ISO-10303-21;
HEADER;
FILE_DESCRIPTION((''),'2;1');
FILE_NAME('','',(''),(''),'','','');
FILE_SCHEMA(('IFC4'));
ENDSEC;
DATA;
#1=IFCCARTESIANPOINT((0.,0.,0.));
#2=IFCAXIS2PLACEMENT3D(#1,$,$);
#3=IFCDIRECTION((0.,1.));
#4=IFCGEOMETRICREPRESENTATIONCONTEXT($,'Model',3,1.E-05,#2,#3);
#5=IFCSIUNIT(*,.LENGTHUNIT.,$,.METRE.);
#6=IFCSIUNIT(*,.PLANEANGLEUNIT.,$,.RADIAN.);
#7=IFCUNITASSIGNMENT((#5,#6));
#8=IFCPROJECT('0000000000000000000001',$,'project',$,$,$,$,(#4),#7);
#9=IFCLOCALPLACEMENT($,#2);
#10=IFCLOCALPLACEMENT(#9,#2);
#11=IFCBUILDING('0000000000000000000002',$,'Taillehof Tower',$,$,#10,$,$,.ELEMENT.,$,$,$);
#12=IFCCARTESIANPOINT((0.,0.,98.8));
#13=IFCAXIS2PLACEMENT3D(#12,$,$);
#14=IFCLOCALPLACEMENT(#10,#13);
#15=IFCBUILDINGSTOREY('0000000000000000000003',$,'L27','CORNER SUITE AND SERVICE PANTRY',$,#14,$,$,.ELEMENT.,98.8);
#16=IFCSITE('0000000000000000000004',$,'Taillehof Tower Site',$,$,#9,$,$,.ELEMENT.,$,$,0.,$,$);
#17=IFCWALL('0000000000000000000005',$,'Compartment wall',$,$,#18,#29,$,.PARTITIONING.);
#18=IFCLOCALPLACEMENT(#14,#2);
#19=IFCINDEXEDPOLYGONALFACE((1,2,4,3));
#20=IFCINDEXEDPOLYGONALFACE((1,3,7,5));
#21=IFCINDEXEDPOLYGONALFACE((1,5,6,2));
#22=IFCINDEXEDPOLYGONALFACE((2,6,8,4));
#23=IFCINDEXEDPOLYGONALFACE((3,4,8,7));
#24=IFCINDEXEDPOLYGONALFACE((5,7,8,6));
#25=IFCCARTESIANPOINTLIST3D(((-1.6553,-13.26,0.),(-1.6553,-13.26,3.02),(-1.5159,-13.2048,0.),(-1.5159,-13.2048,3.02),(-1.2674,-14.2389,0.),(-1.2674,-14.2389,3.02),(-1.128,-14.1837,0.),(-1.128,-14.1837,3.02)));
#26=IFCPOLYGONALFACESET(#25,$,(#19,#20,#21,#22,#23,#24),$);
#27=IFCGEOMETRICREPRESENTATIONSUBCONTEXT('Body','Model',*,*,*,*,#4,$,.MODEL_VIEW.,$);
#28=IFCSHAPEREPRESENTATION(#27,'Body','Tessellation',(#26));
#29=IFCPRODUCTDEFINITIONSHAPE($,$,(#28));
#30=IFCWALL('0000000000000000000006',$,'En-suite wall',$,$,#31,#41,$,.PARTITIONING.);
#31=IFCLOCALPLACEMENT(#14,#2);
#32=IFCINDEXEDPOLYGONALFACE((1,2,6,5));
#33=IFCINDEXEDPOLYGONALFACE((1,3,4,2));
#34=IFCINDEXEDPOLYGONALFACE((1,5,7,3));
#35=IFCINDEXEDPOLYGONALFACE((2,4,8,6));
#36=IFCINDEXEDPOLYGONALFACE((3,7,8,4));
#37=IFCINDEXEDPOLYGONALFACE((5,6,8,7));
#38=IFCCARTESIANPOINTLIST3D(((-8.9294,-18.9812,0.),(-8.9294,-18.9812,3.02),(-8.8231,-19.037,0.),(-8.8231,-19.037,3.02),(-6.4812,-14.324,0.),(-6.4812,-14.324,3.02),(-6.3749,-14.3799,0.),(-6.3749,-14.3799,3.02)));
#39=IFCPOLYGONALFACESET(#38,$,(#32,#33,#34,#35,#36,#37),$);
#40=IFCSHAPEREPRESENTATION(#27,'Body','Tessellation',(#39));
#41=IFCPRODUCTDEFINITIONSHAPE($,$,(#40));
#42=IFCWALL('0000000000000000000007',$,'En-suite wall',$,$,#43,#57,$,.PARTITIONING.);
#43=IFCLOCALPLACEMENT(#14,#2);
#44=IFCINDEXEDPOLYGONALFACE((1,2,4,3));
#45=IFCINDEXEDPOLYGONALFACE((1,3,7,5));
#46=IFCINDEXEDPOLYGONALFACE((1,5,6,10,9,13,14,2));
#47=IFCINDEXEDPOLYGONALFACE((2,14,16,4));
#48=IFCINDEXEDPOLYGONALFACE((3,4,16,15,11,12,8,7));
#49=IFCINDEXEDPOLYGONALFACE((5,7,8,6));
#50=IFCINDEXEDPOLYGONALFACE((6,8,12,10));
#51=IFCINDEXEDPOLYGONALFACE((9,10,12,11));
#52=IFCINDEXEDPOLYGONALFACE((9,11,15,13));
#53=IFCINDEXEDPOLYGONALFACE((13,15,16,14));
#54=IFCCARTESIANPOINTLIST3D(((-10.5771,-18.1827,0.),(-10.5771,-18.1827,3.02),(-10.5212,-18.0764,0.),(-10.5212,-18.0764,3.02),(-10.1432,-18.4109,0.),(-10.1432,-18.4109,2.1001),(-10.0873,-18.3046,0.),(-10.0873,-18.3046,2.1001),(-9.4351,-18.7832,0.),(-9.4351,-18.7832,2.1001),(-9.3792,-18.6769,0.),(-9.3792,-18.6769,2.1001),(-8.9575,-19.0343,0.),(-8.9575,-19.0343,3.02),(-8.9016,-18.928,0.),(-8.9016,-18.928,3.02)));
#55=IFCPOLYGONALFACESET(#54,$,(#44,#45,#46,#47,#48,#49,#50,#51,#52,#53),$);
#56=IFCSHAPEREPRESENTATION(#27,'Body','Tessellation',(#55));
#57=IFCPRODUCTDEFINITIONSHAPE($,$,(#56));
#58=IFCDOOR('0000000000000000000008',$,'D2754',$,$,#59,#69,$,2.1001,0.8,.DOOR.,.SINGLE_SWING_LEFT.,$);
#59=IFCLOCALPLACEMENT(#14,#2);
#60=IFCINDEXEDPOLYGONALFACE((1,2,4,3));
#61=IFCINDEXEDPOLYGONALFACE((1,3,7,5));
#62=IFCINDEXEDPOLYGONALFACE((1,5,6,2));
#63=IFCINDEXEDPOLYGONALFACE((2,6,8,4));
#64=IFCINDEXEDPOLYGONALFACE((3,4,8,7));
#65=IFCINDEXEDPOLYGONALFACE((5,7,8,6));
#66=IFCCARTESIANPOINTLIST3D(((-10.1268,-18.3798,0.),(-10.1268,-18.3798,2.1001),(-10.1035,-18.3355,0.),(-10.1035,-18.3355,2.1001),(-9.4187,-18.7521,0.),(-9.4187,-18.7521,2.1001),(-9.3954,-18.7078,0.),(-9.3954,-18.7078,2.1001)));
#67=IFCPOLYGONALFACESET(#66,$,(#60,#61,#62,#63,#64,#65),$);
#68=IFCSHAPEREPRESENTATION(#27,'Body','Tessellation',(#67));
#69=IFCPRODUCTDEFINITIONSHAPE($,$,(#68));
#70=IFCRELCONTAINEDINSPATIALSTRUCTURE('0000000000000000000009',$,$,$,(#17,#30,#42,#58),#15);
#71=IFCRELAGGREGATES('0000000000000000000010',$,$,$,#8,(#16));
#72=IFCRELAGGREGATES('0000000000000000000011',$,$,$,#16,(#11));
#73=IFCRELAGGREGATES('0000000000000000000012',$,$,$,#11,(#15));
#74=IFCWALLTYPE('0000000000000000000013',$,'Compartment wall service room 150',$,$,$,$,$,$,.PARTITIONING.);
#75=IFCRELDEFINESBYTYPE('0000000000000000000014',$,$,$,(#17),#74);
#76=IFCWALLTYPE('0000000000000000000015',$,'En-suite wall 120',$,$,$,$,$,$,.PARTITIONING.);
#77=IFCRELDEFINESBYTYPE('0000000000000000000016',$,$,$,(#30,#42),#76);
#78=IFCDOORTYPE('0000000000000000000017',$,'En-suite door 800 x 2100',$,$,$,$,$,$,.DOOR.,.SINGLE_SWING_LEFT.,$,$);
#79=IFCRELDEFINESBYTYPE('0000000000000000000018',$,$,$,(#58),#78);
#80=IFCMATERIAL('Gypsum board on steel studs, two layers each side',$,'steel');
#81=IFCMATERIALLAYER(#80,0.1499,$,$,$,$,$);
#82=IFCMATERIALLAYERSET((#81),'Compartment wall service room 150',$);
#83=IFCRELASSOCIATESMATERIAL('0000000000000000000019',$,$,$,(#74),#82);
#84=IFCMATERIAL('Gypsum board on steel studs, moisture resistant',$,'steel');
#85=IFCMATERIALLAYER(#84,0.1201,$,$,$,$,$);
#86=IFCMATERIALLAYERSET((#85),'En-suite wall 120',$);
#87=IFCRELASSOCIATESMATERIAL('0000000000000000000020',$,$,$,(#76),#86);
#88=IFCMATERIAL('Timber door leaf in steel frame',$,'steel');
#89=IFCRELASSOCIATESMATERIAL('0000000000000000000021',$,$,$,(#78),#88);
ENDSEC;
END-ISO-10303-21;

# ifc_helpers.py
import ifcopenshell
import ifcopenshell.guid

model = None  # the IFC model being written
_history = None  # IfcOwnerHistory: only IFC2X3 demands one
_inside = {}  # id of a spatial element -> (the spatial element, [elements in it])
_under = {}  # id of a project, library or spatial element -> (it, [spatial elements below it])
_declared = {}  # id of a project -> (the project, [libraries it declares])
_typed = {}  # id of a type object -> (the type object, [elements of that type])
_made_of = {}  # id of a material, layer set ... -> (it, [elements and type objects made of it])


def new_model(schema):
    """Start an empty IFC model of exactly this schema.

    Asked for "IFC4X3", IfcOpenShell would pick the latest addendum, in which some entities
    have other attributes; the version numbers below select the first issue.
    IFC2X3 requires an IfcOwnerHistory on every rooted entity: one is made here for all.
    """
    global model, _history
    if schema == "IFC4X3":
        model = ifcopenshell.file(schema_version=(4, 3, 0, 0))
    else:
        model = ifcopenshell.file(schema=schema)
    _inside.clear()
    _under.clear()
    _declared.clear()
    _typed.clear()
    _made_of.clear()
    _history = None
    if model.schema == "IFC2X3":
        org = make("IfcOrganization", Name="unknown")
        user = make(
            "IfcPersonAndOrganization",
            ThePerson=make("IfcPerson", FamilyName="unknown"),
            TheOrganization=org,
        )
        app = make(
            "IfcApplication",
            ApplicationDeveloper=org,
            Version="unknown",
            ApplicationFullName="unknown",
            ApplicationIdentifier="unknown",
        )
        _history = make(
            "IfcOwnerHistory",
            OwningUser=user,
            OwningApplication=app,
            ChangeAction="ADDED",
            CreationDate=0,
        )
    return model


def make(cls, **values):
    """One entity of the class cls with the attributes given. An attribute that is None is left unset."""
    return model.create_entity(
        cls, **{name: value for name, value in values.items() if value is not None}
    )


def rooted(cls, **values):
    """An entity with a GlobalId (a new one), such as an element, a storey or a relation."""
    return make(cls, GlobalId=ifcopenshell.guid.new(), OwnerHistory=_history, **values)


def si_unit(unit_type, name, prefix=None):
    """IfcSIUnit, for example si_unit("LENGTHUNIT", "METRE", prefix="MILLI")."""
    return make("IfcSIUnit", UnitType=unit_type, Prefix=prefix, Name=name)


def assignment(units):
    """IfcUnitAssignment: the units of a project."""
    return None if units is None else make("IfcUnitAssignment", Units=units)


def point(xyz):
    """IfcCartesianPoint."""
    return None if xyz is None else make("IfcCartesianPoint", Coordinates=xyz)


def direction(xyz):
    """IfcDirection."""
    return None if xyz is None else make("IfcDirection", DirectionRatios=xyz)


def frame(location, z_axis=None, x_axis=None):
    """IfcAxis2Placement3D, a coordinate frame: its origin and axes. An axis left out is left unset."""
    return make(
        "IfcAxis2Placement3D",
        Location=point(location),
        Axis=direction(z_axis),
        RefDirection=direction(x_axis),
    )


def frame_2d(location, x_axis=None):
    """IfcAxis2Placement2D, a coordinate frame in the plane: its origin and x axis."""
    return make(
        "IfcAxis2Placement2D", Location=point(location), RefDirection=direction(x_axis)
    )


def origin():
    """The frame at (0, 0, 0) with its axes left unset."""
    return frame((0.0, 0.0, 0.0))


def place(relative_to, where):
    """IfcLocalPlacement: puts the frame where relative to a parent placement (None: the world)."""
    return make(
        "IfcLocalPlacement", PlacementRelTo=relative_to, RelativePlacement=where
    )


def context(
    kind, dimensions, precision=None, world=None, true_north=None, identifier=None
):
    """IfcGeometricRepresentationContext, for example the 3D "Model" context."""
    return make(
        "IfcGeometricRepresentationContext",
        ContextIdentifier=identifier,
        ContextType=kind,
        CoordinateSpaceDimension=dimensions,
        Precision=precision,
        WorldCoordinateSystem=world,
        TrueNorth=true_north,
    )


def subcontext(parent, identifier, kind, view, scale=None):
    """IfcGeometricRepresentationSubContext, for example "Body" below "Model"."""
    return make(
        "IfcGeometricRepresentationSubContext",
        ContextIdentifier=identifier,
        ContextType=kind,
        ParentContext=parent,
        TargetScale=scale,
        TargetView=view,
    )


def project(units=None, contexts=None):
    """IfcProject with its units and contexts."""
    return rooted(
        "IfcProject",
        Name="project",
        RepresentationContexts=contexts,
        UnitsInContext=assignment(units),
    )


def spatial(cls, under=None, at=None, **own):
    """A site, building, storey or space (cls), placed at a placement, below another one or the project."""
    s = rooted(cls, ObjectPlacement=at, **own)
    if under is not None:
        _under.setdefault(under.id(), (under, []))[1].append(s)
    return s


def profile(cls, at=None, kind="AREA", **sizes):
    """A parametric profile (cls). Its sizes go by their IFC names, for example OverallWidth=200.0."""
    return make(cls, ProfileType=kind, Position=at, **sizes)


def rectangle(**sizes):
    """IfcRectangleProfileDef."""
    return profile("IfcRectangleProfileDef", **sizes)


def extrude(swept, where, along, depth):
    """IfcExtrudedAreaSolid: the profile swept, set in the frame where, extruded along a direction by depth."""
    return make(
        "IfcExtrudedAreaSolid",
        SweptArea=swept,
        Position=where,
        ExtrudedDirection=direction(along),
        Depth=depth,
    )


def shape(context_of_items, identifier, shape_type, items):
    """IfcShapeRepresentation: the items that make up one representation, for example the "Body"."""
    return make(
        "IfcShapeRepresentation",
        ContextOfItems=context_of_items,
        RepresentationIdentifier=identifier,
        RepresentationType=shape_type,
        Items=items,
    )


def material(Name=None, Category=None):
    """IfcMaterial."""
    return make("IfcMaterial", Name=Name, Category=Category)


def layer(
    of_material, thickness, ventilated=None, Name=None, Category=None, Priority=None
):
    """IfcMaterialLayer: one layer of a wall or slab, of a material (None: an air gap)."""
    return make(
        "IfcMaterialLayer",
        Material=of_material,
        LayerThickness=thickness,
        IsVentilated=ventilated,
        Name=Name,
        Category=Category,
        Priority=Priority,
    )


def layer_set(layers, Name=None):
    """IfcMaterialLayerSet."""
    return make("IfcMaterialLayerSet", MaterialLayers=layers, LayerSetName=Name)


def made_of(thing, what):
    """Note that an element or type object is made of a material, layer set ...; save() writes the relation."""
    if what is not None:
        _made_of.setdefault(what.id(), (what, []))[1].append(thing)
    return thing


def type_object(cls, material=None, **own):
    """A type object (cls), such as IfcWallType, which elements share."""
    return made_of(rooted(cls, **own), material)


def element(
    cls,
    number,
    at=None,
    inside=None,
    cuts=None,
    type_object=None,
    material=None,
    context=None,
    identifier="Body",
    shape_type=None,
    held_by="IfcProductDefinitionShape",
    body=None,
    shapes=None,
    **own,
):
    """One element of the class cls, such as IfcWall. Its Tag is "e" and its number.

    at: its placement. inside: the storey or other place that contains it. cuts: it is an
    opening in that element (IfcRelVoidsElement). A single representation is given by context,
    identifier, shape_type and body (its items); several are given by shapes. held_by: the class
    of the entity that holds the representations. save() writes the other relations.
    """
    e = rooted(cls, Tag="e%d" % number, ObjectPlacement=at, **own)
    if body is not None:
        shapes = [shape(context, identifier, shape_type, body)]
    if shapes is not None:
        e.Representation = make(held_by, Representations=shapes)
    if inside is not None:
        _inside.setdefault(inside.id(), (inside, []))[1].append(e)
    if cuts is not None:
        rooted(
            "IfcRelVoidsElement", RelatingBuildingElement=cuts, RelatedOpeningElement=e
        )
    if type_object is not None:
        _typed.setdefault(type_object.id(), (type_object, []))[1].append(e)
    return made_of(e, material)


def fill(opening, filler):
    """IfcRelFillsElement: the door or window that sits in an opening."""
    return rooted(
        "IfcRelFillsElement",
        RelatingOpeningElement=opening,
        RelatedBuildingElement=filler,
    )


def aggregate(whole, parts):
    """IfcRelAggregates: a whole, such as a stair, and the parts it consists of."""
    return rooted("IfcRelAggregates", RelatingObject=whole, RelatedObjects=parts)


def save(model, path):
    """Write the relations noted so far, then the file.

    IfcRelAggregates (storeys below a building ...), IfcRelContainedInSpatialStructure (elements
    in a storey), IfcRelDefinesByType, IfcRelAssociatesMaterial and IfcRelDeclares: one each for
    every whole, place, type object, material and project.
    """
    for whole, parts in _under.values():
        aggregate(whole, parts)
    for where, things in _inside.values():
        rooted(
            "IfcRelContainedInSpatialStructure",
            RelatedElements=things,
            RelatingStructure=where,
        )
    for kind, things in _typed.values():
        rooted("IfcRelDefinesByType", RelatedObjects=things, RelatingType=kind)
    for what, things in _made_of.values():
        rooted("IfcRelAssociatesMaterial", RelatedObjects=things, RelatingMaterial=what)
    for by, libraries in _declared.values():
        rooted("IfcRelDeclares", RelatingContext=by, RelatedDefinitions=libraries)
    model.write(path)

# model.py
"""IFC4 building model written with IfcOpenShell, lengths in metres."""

from ifc_helpers import new_model, si_unit, direction, frame, frame_2d, origin, place, context, subcontext, project, spatial, rectangle, extrude, material, layer, layer_set, type_object, element, fill, save


model = new_model("IFC4")

# Units and contexts
model_context = context("Model", 3, precision=1e-05, world=origin(), true_north=direction((0.0, 1.0)))
body_context = subcontext(model_context, "Body", "Model", "MODEL_VIEW")
ifc_project = project(units=[si_unit("LENGTHUNIT", "METRE"), si_unit("PLANEANGLEUNIT", "RADIAN")], contexts=[model_context])

# Site, building, storey
site_placement = place(None, origin())
site = spatial("IfcSite", under=ifc_project, at=site_placement, Name="Taillehof Tower Site", CompositionType="ELEMENT", RefElevation=0.0)
building_placement = place(site_placement, origin())
building = spatial("IfcBuilding", under=site, at=building_placement, Name="Taillehof Tower", CompositionType="ELEMENT")
storey_placement = place(building_placement, frame((0.0, 0.0, 98.8)))
storey = spatial("IfcBuildingStorey", under=building, at=storey_placement, Name="L27", Description="CORNER SUITE AND SERVICE PANTRY", CompositionType="ELEMENT", Elevation=98.8)

# Walls
ifc_material_1 = material(Name="Gypsum board on steel studs, two layers each side", Category="steel")
ifc_layer_1 = layer(ifc_material_1, 0.1499)
ifc_layer_set_1 = layer_set([ifc_layer_1], Name="Compartment wall service room 150")
wall_type_1 = type_object("IfcWallType", Name="Compartment wall service room 150", PredefinedType="PARTITIONING", material=ifc_layer_set_1)
wall_1_placement = place(storey_placement, frame((-1.1978, -14.2112, 0.0), z_axis=(0.0, 0.0, 1.0), x_axis=(-0.368391, 0.929671, 0.0)))
element("IfcWall", 1, at=wall_1_placement, inside=storey, type_object=wall_type_1, Name="Compartment wall", PredefinedType="PARTITIONING", context=body_context, shape_type="SweptSolid", body=[
    extrude(rectangle(XDim=1.053, YDim=0.1499, at=frame_2d((0.5264, 0.0))), origin(), (0.0, 0.0, 1.0), 3.02),
])
ifc_material_2 = material(Name="Gypsum board on steel studs, moisture resistant", Category="steel")
ifc_layer_2 = layer(ifc_material_2, 0.1201)
ifc_layer_set_2 = layer_set([ifc_layer_2], Name="En-suite wall 120")
wall_type_2 = type_object("IfcWallType", Name="En-suite wall 120", PredefinedType="PARTITIONING", material=ifc_layer_set_2)
wall_2_placement = place(storey_placement, frame((-6.428, -14.3518, 0.0), z_axis=(0.0, 0.0, 1.0), x_axis=(-0.46531, -0.885148, 0.0)))
element("IfcWall", 2, at=wall_2_placement, inside=storey, type_object=wall_type_2, Name="En-suite wall", PredefinedType="PARTITIONING", context=body_context, shape_type="SweptSolid", body=[
    extrude(rectangle(XDim=5.2615, YDim=0.1201, at=frame_2d((2.6309, 0.0))), origin(), (0.0, 0.0, 1.0), 3.02),
])

# Wall, opening, door
wall_3_placement = place(storey_placement, frame((-8.9294, -18.9812, 0.0), z_axis=(0.0, 0.0, 1.0), x_axis=(-0.885115, 0.465372, 0.0)))
wall_3 = element("IfcWall", 3, at=wall_3_placement, inside=storey, type_object=wall_type_2, Name="En-suite wall", PredefinedType="PARTITIONING", context=body_context, shape_type="SweptSolid", body=[
    extrude(rectangle(XDim=1.8298, YDim=0.1201, at=frame_2d((0.915, 0.0))), origin(), (0.0, 0.0, 1.0), 3.02),
])
opening_1_placement = place(wall_3_placement, frame((0.5398, 0.0, 0.0)))
opening_1 = element("IfcOpeningElement", 4, at=opening_1_placement, cuts=wall_3, PredefinedType="OPENING", context=body_context, shape_type="SweptSolid", body=[
    extrude(rectangle(XDim=0.8, YDim=2.1001, at=frame_2d((0.3999, 1.05))), frame((0.0, 0.0701, 0.0), z_axis=(0.0, -1.0, 0.0), x_axis=(1.0, 0.0, 0.0)), (0.0, 0.0, 1.0), 0.1401),
])
ifc_material_3 = material(Name="Timber door leaf in steel frame", Category="steel")
door_type_1 = type_object("IfcDoorType", Name="En-suite door 800 x 2100", OperationType="SINGLE_SWING_LEFT", PredefinedType="DOOR", material=ifc_material_3)
door_1_placement = place(opening_1_placement, origin())
door_1 = element("IfcDoor", 5, at=door_1_placement, inside=storey, type_object=door_type_1, Name="D2754", OperationType="SINGLE_SWING_LEFT", OverallHeight=2.1001, OverallWidth=0.8, PredefinedType="DOOR", context=body_context, shape_type="SweptSolid", body=[
    extrude(rectangle(XDim=0.8, YDim=2.1001, at=frame_2d((0.3999, 1.05))), frame((0.0, 0.0249, 0.0), z_axis=(0.0, -1.0, 0.0), x_axis=(1.0, 0.0, 0.0)), (0.0, 0.0, 1.0), 0.05),
])
fill(opening_1, door_1)

save(model, "model.ifc")
